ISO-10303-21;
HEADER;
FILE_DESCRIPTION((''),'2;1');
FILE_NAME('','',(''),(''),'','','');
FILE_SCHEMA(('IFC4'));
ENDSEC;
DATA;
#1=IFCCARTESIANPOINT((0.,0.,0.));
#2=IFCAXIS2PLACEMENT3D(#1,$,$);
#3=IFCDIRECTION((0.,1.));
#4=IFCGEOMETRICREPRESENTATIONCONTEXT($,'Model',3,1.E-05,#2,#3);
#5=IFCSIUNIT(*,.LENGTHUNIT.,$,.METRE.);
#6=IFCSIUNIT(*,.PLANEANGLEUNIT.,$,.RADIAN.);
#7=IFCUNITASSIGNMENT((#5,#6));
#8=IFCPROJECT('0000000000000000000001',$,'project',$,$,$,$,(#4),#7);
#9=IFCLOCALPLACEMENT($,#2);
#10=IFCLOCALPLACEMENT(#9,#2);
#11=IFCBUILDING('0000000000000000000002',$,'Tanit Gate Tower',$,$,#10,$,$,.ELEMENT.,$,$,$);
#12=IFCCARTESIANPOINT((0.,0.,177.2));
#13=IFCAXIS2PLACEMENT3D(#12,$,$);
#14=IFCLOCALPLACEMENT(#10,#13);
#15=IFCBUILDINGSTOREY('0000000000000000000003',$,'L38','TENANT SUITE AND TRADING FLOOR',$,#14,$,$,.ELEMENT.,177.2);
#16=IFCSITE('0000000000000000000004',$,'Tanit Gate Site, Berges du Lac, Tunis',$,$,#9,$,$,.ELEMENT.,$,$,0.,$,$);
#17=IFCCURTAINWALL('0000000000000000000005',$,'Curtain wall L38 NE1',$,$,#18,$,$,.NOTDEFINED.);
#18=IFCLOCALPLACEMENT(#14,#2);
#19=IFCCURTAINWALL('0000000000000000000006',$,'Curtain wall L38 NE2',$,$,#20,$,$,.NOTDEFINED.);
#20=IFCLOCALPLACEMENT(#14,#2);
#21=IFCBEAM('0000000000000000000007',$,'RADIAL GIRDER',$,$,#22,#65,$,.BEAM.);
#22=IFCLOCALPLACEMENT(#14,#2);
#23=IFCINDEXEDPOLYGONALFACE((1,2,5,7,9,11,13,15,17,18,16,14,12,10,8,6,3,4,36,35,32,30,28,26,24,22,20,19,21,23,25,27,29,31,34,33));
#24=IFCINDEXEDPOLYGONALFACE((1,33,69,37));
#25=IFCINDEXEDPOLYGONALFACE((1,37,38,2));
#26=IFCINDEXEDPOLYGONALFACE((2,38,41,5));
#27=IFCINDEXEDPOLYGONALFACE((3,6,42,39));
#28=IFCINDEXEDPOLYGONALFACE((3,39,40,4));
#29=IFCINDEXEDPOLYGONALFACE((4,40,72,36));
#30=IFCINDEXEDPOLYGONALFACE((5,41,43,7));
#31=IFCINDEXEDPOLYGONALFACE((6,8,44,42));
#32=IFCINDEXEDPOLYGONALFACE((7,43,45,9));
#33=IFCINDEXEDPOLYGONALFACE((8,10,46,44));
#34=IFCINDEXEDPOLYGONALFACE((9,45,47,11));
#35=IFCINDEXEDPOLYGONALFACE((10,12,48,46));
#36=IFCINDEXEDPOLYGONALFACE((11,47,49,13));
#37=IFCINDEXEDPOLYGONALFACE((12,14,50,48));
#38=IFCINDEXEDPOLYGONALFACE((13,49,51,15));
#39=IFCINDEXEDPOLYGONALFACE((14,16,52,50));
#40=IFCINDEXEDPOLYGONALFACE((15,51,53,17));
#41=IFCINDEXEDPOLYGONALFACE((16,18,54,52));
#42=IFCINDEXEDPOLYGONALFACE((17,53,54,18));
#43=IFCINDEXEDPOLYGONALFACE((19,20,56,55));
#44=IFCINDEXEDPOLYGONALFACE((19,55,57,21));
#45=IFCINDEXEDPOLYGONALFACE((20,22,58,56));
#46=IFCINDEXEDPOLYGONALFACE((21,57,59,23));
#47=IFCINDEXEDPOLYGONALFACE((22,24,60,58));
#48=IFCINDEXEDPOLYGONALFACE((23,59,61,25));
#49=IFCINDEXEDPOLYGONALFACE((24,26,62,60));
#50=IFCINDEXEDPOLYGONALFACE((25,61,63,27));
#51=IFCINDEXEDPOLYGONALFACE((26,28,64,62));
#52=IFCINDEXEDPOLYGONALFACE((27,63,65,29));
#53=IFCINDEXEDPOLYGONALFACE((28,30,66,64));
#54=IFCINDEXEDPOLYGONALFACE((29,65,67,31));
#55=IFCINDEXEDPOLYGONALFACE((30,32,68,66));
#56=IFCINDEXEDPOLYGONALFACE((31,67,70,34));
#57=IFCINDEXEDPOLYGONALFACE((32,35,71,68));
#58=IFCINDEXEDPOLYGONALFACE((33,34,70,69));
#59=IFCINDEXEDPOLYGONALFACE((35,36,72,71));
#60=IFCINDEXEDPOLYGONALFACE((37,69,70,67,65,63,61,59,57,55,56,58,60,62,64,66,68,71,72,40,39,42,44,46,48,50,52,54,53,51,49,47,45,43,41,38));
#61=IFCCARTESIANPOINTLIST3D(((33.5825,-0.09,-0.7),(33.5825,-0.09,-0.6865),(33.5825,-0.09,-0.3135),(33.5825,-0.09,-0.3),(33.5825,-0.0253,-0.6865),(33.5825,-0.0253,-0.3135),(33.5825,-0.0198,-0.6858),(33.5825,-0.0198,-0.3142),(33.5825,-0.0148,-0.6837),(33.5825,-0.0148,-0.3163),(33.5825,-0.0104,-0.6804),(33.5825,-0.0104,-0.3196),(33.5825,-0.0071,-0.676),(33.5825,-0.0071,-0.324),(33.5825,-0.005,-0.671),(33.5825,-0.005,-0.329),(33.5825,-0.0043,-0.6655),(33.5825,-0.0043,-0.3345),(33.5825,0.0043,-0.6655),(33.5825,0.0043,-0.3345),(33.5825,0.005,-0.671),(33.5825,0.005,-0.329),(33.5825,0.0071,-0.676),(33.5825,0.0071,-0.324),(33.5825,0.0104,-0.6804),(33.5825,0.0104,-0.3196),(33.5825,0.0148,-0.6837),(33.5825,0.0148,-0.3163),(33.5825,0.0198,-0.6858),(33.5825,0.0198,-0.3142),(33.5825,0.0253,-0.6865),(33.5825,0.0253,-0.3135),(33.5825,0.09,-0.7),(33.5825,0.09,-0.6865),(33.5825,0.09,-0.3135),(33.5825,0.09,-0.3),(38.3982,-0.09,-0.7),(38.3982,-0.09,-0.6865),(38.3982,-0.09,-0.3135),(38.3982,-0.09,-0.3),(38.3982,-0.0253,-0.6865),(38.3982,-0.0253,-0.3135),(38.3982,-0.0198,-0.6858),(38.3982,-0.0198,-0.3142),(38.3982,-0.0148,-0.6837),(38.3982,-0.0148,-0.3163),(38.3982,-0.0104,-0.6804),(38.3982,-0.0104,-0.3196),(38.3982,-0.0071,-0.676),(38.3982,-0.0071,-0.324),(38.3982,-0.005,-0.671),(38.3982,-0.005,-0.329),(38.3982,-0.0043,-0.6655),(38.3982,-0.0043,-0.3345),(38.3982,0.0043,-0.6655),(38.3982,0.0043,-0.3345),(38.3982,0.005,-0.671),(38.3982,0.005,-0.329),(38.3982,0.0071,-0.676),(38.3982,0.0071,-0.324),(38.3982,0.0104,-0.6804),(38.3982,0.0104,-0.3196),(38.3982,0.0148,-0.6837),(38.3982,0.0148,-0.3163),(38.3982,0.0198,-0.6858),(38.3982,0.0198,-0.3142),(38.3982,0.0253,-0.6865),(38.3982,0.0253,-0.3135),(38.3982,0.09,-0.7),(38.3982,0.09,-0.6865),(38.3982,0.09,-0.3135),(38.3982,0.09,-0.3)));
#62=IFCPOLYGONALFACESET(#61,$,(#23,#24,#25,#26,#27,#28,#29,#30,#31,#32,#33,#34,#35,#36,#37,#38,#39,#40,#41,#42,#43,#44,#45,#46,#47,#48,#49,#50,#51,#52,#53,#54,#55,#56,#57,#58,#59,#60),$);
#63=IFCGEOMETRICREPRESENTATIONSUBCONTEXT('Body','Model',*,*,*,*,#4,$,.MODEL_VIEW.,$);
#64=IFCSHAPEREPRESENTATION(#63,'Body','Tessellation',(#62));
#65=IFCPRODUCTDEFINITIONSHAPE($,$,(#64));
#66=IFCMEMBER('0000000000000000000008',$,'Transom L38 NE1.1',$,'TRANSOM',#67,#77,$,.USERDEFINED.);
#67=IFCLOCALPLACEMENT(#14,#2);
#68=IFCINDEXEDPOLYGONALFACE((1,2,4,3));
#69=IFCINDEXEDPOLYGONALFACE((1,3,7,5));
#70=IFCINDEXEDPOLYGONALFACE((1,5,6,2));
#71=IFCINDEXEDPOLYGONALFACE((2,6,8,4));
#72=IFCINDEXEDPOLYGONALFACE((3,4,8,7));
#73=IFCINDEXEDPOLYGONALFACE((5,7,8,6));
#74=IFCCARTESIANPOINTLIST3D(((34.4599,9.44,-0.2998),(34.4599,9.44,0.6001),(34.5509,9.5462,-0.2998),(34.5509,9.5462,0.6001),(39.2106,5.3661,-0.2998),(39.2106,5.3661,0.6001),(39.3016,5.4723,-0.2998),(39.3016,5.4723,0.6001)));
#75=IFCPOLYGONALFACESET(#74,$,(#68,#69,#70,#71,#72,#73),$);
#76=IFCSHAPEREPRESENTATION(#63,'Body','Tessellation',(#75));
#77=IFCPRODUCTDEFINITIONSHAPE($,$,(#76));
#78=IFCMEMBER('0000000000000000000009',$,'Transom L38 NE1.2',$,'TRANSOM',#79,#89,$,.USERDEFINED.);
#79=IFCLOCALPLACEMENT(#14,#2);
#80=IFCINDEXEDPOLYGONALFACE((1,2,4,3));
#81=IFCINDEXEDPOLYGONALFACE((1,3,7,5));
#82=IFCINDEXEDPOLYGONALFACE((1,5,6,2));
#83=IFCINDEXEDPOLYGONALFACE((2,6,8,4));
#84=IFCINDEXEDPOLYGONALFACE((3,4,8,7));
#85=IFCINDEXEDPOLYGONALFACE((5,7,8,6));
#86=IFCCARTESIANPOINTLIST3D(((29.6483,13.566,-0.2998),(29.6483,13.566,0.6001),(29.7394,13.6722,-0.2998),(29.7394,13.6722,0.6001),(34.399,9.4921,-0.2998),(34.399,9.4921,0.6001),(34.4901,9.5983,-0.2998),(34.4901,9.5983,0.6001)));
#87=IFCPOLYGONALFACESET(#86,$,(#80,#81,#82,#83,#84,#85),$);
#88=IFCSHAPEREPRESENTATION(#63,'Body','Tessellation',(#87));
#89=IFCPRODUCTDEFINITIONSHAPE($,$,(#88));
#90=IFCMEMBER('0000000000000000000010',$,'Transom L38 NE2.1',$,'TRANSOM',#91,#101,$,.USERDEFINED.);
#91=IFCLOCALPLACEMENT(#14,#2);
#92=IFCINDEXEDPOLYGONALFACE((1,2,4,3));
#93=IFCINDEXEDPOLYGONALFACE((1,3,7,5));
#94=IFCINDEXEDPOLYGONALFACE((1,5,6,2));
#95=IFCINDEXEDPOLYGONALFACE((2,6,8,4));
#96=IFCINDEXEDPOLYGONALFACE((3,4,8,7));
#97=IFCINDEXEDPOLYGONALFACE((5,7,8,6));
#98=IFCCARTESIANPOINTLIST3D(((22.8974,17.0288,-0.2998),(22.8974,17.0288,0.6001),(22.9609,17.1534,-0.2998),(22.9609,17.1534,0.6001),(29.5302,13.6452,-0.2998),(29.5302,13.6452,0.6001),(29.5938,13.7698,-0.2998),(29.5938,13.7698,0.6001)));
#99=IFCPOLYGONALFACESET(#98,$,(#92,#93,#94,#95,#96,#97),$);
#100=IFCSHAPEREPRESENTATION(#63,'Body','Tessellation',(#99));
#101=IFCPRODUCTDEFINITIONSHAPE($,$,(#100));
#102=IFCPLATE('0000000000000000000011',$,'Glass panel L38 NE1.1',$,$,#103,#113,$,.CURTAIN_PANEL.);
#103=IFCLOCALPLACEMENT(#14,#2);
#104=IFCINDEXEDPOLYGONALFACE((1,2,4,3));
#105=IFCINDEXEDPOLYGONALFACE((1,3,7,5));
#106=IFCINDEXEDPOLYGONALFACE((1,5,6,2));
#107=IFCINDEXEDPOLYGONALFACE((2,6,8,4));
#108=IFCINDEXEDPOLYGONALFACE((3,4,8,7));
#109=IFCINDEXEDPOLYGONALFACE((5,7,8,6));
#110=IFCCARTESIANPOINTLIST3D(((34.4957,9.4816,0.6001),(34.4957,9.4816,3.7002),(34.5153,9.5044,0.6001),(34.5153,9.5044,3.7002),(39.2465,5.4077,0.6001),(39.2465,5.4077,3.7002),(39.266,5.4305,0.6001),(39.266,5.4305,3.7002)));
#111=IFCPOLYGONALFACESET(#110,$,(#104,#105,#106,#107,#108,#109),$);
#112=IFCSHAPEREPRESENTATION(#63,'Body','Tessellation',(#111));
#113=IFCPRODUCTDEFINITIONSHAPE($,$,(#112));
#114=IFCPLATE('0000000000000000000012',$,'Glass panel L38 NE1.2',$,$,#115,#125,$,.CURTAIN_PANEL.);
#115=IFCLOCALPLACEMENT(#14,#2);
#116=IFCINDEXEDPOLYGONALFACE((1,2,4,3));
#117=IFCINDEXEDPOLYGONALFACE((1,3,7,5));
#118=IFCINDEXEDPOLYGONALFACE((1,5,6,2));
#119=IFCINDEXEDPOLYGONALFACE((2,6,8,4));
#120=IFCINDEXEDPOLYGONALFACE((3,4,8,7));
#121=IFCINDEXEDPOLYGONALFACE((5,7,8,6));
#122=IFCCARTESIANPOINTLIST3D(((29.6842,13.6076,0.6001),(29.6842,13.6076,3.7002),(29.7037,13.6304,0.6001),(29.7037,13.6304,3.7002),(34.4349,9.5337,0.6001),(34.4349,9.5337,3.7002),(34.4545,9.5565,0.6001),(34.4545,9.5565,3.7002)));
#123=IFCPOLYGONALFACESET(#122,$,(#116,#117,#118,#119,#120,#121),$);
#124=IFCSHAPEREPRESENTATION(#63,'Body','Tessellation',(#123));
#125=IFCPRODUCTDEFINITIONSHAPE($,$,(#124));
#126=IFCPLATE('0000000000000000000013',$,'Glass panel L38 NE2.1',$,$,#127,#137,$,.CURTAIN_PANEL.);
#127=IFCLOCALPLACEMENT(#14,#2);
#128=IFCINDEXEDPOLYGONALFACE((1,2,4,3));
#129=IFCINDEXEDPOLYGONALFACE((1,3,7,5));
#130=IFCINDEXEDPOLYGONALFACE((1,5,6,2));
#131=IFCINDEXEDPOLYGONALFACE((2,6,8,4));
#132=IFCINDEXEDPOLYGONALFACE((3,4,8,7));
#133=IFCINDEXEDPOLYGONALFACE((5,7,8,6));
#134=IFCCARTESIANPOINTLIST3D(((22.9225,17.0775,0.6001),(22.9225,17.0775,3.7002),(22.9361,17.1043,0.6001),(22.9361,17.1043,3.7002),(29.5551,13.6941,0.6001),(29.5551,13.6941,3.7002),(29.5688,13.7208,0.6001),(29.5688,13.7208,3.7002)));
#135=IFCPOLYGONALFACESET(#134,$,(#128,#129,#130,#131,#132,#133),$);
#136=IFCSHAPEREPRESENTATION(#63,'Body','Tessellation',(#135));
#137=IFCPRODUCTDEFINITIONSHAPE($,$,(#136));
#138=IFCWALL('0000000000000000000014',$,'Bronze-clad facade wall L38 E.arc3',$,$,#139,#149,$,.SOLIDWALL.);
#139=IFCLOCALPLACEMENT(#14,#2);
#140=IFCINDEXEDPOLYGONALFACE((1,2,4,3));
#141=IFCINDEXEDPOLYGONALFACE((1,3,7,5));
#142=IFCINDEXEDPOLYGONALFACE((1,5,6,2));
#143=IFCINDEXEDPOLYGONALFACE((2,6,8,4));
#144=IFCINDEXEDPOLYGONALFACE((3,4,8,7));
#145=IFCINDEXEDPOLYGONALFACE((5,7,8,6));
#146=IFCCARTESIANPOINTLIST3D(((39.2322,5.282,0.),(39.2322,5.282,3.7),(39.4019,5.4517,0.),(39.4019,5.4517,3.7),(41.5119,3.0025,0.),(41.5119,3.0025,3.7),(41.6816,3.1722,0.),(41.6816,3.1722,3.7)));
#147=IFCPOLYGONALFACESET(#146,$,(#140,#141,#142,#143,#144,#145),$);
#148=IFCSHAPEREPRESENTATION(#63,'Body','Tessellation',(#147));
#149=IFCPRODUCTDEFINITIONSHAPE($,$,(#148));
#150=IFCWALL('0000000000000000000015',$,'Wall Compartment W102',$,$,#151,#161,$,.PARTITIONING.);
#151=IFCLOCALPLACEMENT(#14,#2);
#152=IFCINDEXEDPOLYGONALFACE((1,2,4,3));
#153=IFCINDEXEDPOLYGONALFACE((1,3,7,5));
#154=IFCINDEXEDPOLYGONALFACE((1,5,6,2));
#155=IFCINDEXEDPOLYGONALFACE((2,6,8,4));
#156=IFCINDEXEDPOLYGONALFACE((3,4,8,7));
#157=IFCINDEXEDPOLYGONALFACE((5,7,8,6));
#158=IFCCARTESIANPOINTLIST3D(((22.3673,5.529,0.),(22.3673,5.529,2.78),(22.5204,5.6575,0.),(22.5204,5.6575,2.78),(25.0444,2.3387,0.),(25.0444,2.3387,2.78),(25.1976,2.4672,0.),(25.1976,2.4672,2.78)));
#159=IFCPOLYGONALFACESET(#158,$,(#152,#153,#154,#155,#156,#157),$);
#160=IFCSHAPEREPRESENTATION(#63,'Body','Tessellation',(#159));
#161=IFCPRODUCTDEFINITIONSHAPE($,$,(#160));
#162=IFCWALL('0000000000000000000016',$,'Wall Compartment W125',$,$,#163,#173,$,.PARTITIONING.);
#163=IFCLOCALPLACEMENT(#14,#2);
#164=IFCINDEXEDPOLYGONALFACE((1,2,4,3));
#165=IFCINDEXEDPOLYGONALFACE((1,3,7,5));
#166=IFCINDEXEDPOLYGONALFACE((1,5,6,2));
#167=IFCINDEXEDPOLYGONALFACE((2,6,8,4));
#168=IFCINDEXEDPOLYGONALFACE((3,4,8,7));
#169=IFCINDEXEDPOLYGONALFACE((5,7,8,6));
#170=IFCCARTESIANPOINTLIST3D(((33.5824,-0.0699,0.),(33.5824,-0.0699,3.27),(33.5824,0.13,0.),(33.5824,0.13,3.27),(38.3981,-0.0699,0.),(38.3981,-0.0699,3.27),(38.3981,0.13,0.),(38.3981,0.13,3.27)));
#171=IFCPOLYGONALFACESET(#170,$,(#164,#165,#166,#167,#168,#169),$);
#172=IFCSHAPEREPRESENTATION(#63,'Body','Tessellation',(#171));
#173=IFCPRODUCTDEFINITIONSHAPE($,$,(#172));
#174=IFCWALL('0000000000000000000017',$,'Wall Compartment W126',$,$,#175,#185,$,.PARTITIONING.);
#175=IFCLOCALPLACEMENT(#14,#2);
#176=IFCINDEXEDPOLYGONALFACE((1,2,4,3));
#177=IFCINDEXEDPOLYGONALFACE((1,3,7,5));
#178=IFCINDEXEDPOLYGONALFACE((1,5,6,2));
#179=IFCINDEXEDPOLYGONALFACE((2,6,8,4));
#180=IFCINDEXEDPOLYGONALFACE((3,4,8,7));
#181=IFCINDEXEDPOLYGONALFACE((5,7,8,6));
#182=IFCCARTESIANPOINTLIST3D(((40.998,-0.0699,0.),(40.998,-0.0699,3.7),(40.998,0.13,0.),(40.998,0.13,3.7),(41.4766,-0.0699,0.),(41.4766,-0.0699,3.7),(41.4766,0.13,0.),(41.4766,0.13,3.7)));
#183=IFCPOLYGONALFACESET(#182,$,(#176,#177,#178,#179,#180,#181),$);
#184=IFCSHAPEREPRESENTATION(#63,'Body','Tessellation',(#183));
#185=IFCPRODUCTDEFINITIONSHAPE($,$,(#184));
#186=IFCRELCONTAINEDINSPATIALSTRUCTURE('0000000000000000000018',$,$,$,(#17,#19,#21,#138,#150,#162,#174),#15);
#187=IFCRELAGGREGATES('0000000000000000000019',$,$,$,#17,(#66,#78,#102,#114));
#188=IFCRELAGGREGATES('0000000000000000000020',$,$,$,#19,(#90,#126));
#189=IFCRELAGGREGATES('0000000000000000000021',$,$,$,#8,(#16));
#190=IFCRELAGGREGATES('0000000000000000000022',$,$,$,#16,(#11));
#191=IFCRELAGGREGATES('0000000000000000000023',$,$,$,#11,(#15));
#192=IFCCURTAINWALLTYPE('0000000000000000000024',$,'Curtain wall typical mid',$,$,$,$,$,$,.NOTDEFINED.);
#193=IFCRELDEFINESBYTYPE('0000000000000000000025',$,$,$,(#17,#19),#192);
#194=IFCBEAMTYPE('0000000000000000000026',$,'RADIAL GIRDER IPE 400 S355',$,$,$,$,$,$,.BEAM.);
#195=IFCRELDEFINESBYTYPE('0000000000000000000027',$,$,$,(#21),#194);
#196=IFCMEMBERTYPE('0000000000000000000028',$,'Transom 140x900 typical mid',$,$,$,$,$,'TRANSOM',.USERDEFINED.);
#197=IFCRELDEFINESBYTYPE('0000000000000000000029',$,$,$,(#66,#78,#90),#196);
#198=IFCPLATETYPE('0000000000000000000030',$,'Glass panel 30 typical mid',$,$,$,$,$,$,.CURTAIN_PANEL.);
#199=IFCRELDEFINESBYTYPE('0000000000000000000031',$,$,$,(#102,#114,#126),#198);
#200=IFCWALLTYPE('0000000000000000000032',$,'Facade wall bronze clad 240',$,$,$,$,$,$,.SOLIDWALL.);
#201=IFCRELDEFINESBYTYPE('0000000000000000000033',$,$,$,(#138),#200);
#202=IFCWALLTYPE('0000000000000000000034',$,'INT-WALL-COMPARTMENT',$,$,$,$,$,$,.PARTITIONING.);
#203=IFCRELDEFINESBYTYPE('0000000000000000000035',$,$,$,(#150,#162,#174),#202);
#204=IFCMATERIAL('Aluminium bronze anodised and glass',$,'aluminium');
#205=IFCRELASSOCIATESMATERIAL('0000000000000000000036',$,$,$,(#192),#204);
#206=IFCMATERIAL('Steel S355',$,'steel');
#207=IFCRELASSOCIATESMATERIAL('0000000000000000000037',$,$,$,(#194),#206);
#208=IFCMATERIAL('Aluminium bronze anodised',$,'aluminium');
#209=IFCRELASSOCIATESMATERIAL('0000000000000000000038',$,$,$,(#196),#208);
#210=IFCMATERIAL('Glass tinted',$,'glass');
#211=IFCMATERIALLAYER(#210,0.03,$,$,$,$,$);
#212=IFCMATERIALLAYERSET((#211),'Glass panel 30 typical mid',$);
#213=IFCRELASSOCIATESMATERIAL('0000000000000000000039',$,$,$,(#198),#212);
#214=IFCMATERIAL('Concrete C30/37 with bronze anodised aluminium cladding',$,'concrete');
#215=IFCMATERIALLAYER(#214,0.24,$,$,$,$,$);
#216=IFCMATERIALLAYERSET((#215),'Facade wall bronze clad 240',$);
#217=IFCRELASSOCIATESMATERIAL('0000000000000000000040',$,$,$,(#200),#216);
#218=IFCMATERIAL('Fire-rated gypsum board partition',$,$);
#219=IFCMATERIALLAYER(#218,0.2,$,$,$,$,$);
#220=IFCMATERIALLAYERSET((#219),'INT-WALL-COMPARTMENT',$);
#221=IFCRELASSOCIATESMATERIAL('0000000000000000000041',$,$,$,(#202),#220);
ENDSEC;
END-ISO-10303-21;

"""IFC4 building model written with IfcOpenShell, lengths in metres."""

from ifc_helpers import new_model, si_unit, direction, frame, frame_2d, origin, origin_2d, place, context, subcontext, project, spatial, rectangle, i_section, extrude, material, layer, layer_set, material_profile, profile_set, type_object, element, aggregate, save


model = new_model("IFC4")

# Units and contexts
model_context = context("Model", 3, precision=1e-05, world=origin(), true_north=direction((0.0, 1.0)))
body_context = subcontext(model_context, "Body", "Model", "MODEL_VIEW")
ifc_project = project(units=[si_unit("LENGTHUNIT", "METRE"), si_unit("PLANEANGLEUNIT", "RADIAN")], contexts=[model_context])

# Site, building, storey
site_placement = place(None, origin())
site = spatial("IfcSite", under=ifc_project, at=site_placement, Name="Tanit Gate Site, Berges du Lac, Tunis", CompositionType="ELEMENT", RefElevation=0.0)
building_placement = place(site_placement, origin())
building = spatial("IfcBuilding", under=site, at=building_placement, Name="Tanit Gate Tower", CompositionType="ELEMENT")
storey_placement = place(building_placement, frame((0.0, 0.0, 177.2)))
storey = spatial("IfcBuildingStorey", under=building, at=storey_placement, Name="L38", Description="TENANT SUITE AND TRADING FLOOR", CompositionType="ELEMENT", Elevation=177.2)

# Curtain walls
ifc_material_1 = material(Name="Aluminium bronze anodised and glass", Category="aluminium")
curtain_wall_type = type_object("IfcCurtainWallType", Name="Curtain wall typical mid", PredefinedType="NOTDEFINED", material=ifc_material_1)
curtain_wall_1_placement = place(storey_placement, origin())
curtain_wall_1 = element("IfcCurtainWall", 1, at=curtain_wall_1_placement, inside=storey, type_object=curtain_wall_type, Name="Curtain wall L38 NE1", PredefinedType="NOTDEFINED")
curtain_wall_2_placement = place(storey_placement, origin())
curtain_wall_2 = element("IfcCurtainWall", 2, at=curtain_wall_2_placement, inside=storey, type_object=curtain_wall_type, Name="Curtain wall L38 NE2", PredefinedType="NOTDEFINED")

# Beam
ifc_material_2 = material(Name="Steel S355", Category="steel")
ifc_material_profile_1 = material_profile(ifc_material_2, i_section(OverallWidth=0.1799, OverallDepth=0.3999, WebThickness=0.0085, FlangeThickness=0.0134, FilletRadius=0.021, at=origin_2d()), Name="IPE 400")
ifc_profile_set_1 = profile_set([ifc_material_profile_1], Name="Steel S355")
beam_type_1 = type_object("IfcBeamType", Name="RADIAL GIRDER IPE 400 S355", PredefinedType="BEAM", material=ifc_profile_set_1)
beam_1_placement = place(storey_placement, frame((38.3982, 0.0, -0.5), z_axis=(-1.0, 0.0, 0.0), x_axis=(0.0, -1.0, 0.0)))
element("IfcBeam", 3, at=beam_1_placement, inside=storey, type_object=beam_type_1, Name="RADIAL GIRDER", PredefinedType="BEAM", context=body_context, shape_type="SweptSolid", body=[
    extrude(i_section(OverallWidth=0.1799, OverallDepth=0.3999, WebThickness=0.0085, FlangeThickness=0.0134, FilletRadius=0.021, at=origin_2d()), origin(), (0.0, 0.0, 1.0), 4.8157),
])

# Members
ifc_material_3 = material(Name="Aluminium bronze anodised", Category="aluminium")
ifc_material_profile_2 = material_profile(ifc_material_3, rectangle(XDim=0.1399, YDim=0.8999, at=origin_2d()), Name="140x900 bronze transom")
ifc_profile_set_2 = profile_set([ifc_material_profile_2], Name="Aluminium bronze anodised")
member_type_1 = type_object("IfcMemberType", Name="Transom 140x900 typical mid", ElementType="TRANSOM", PredefinedType="USERDEFINED", material=ifc_profile_set_2)
member_1_placement = place(storey_placement, frame((39.2561, 5.4192, 0.1501), z_axis=(-0.759105, 0.650968, 0.0), x_axis=(-0.650968, -0.759105, 0.0)))
member_1 = element("IfcMember", 4, at=member_1_placement, type_object=member_type_1, Name="Transom L38 NE1.1", ObjectType="TRANSOM", PredefinedType="USERDEFINED", context=body_context, shape_type="SweptSolid", body=[
    extrude(rectangle(XDim=0.1399, YDim=0.8999, at=origin_2d()), origin(), (0.0, 0.0, 1.0), 6.2583),
])
member_2_placement = place(storey_placement, frame((34.4446, 9.5452, 0.1501), z_axis=(-0.759105, 0.650968, 0.0), x_axis=(-0.650968, -0.759105, 0.0)))
member_2 = element("IfcMember", 5, at=member_2_placement, type_object=member_type_1, Name="Transom L38 NE1.2", ObjectType="TRANSOM", PredefinedType="USERDEFINED", context=body_context, shape_type="SweptSolid", body=[
    extrude(rectangle(XDim=0.1399, YDim=0.8999, at=origin_2d()), origin(), (0.0, 0.0, 1.0), 6.2583),
])
member_3_placement = place(storey_placement, frame((29.562, 13.7075, 0.1501), z_axis=(-0.890791, 0.454412, 0.0), x_axis=(-0.454412, -0.890791, 0.0)))
member_3 = element("IfcMember", 6, at=member_3_placement, type_object=member_type_1, Name="Transom L38 NE2.1", ObjectType="TRANSOM", PredefinedType="USERDEFINED", context=body_context, shape_type="SweptSolid", body=[
    extrude(rectangle(XDim=0.1399, YDim=0.8999, at=origin_2d()), origin(), (0.0, 0.0, 1.0), 7.446),
])

# Plates
ifc_material_4 = material(Name="Glass tinted", Category="glass")
ifc_layer_1 = layer(ifc_material_4, 0.03)
ifc_layer_set_1 = layer_set([ifc_layer_1], Name="Glass panel 30 typical mid")
plate_type = type_object("IfcPlateType", Name="Glass panel 30 typical mid", PredefinedType="CURTAIN_PANEL", material=ifc_layer_set_1)
plate_1_placement = place(storey_placement, frame((36.8809, 7.4561, 0.6001), z_axis=(0.0, 0.0, 1.0), x_axis=(-0.759109, 0.650963, 0.0)))
plate_1 = element("IfcPlate", 7, at=plate_1_placement, type_object=plate_type, Name="Glass panel L38 NE1.1", PredefinedType="CURTAIN_PANEL", context=body_context, shape_type="SweptSolid", body=[
    extrude(rectangle(XDim=6.2583, YDim=0.03, at=origin_2d()), origin(), (0.0, 0.0, 1.0), 3.1001),
])
plate_2_placement = place(storey_placement, frame((32.0693, 11.582, 0.6001), z_axis=(0.0, 0.0, 1.0), x_axis=(-0.759109, 0.650963, 0.0)))
plate_2 = element("IfcPlate", 8, at=plate_2_placement, type_object=plate_type, Name="Glass panel L38 NE1.2", PredefinedType="CURTAIN_PANEL", context=body_context, shape_type="SweptSolid", body=[
    extrude(rectangle(XDim=6.2583, YDim=0.03, at=origin_2d()), origin(), (0.0, 0.0, 1.0), 3.1001),
])
aggregate(curtain_wall_1, [member_1, member_2, plate_1, plate_2])
plate_3_placement = place(storey_placement, frame((26.2456, 15.3992, 0.6001), z_axis=(0.0, 0.0, 1.0), x_axis=(-0.890792, 0.454411, 0.0)))
plate_3 = element("IfcPlate", 9, at=plate_3_placement, type_object=plate_type, Name="Glass panel L38 NE2.1", PredefinedType="CURTAIN_PANEL", context=body_context, shape_type="SweptSolid", body=[
    extrude(rectangle(XDim=7.4458, YDim=0.03, at=origin_2d()), origin(), (0.0, 0.0, 1.0), 3.1001),
])
aggregate(curtain_wall_2, [member_3, plate_3])

# Walls
ifc_material_5 = material(Name="Concrete C30/37 with bronze anodised aluminium cladding", Category="concrete")
ifc_layer_2 = layer(ifc_material_5, 0.24)
ifc_layer_set_2 = layer_set([ifc_layer_2], Name="Facade wall bronze clad 240")
wall_type_1 = type_object("IfcWallType", Name="Facade wall bronze clad 240", PredefinedType="SOLIDWALL", material=ifc_layer_set_2)
wall_1_placement = place(storey_placement, frame((41.5967, 3.0874, 0.0), z_axis=(0.0, 0.0, 1.0), x_axis=(-0.707145, 0.707069, 0.0)))
element("IfcWall", 10, at=wall_1_placement, inside=storey, type_object=wall_type_1, Name="Bronze-clad facade wall L38 E.arc3", PredefinedType="SOLIDWALL", context=body_context, shape_type="SweptSolid", body=[
    extrude(rectangle(XDim=3.2239, YDim=0.24, at=frame_2d((1.6118, 0.0))), origin(), (0.0, 0.0, 1.0), 3.7),
])
ifc_material_6 = material(Name="Fire-rated gypsum board partition")
ifc_layer_3 = layer(ifc_material_6, 0.2)
ifc_layer_set_3 = layer_set([ifc_layer_3], Name="INT-WALL-COMPARTMENT")
wall_type_2 = type_object("IfcWallType", Name="INT-WALL-COMPARTMENT", PredefinedType="PARTITIONING", material=ifc_layer_set_3)
wall_2_placement = place(storey_placement, frame((25.1211, 2.4028, 0.0), z_axis=(0.0, 0.0, 1.0), x_axis=(-0.64281, 0.766026, 0.0)))
element("IfcWall", 11, at=wall_2_placement, inside=storey, type_object=wall_type_2, Name="Wall Compartment W102", PredefinedType="PARTITIONING", context=body_context, shape_type="SweptSolid", body=[
    extrude(rectangle(XDim=4.1648, YDim=0.2, at=frame_2d((2.0825, 0.0))), origin(), (0.0, 0.0, 1.0), 2.78),
])
wall_3_placement = place(storey_placement, frame((33.5825, 0.03, 0.0), z_axis=(0.0, 0.0, 1.0), x_axis=(1.0, 0.0, 0.0)))
element("IfcWall", 12, at=wall_3_placement, inside=storey, type_object=wall_type_2, Name="Wall Compartment W125", PredefinedType="PARTITIONING", context=body_context, shape_type="SweptSolid", body=[
    extrude(rectangle(XDim=4.8157, YDim=0.2, at=frame_2d((2.4077, 0.0))), origin(), (0.0, 0.0, 1.0), 3.27),
])
wall_4_placement = place(storey_placement, frame((40.998, 0.03, 0.0), z_axis=(0.0, 0.0, 1.0), x_axis=(1.0, 0.0, 0.0)))
element("IfcWall", 13, at=wall_4_placement, inside=storey, type_object=wall_type_2, Name="Wall Compartment W126", PredefinedType="PARTITIONING", context=body_context, shape_type="SweptSolid", body=[
    extrude(rectangle(XDim=0.4785, YDim=0.2, at=frame_2d((0.2393, 0.0))), origin(), (0.0, 0.0, 1.0), 3.7),
])

save(model, "model.ifc")
